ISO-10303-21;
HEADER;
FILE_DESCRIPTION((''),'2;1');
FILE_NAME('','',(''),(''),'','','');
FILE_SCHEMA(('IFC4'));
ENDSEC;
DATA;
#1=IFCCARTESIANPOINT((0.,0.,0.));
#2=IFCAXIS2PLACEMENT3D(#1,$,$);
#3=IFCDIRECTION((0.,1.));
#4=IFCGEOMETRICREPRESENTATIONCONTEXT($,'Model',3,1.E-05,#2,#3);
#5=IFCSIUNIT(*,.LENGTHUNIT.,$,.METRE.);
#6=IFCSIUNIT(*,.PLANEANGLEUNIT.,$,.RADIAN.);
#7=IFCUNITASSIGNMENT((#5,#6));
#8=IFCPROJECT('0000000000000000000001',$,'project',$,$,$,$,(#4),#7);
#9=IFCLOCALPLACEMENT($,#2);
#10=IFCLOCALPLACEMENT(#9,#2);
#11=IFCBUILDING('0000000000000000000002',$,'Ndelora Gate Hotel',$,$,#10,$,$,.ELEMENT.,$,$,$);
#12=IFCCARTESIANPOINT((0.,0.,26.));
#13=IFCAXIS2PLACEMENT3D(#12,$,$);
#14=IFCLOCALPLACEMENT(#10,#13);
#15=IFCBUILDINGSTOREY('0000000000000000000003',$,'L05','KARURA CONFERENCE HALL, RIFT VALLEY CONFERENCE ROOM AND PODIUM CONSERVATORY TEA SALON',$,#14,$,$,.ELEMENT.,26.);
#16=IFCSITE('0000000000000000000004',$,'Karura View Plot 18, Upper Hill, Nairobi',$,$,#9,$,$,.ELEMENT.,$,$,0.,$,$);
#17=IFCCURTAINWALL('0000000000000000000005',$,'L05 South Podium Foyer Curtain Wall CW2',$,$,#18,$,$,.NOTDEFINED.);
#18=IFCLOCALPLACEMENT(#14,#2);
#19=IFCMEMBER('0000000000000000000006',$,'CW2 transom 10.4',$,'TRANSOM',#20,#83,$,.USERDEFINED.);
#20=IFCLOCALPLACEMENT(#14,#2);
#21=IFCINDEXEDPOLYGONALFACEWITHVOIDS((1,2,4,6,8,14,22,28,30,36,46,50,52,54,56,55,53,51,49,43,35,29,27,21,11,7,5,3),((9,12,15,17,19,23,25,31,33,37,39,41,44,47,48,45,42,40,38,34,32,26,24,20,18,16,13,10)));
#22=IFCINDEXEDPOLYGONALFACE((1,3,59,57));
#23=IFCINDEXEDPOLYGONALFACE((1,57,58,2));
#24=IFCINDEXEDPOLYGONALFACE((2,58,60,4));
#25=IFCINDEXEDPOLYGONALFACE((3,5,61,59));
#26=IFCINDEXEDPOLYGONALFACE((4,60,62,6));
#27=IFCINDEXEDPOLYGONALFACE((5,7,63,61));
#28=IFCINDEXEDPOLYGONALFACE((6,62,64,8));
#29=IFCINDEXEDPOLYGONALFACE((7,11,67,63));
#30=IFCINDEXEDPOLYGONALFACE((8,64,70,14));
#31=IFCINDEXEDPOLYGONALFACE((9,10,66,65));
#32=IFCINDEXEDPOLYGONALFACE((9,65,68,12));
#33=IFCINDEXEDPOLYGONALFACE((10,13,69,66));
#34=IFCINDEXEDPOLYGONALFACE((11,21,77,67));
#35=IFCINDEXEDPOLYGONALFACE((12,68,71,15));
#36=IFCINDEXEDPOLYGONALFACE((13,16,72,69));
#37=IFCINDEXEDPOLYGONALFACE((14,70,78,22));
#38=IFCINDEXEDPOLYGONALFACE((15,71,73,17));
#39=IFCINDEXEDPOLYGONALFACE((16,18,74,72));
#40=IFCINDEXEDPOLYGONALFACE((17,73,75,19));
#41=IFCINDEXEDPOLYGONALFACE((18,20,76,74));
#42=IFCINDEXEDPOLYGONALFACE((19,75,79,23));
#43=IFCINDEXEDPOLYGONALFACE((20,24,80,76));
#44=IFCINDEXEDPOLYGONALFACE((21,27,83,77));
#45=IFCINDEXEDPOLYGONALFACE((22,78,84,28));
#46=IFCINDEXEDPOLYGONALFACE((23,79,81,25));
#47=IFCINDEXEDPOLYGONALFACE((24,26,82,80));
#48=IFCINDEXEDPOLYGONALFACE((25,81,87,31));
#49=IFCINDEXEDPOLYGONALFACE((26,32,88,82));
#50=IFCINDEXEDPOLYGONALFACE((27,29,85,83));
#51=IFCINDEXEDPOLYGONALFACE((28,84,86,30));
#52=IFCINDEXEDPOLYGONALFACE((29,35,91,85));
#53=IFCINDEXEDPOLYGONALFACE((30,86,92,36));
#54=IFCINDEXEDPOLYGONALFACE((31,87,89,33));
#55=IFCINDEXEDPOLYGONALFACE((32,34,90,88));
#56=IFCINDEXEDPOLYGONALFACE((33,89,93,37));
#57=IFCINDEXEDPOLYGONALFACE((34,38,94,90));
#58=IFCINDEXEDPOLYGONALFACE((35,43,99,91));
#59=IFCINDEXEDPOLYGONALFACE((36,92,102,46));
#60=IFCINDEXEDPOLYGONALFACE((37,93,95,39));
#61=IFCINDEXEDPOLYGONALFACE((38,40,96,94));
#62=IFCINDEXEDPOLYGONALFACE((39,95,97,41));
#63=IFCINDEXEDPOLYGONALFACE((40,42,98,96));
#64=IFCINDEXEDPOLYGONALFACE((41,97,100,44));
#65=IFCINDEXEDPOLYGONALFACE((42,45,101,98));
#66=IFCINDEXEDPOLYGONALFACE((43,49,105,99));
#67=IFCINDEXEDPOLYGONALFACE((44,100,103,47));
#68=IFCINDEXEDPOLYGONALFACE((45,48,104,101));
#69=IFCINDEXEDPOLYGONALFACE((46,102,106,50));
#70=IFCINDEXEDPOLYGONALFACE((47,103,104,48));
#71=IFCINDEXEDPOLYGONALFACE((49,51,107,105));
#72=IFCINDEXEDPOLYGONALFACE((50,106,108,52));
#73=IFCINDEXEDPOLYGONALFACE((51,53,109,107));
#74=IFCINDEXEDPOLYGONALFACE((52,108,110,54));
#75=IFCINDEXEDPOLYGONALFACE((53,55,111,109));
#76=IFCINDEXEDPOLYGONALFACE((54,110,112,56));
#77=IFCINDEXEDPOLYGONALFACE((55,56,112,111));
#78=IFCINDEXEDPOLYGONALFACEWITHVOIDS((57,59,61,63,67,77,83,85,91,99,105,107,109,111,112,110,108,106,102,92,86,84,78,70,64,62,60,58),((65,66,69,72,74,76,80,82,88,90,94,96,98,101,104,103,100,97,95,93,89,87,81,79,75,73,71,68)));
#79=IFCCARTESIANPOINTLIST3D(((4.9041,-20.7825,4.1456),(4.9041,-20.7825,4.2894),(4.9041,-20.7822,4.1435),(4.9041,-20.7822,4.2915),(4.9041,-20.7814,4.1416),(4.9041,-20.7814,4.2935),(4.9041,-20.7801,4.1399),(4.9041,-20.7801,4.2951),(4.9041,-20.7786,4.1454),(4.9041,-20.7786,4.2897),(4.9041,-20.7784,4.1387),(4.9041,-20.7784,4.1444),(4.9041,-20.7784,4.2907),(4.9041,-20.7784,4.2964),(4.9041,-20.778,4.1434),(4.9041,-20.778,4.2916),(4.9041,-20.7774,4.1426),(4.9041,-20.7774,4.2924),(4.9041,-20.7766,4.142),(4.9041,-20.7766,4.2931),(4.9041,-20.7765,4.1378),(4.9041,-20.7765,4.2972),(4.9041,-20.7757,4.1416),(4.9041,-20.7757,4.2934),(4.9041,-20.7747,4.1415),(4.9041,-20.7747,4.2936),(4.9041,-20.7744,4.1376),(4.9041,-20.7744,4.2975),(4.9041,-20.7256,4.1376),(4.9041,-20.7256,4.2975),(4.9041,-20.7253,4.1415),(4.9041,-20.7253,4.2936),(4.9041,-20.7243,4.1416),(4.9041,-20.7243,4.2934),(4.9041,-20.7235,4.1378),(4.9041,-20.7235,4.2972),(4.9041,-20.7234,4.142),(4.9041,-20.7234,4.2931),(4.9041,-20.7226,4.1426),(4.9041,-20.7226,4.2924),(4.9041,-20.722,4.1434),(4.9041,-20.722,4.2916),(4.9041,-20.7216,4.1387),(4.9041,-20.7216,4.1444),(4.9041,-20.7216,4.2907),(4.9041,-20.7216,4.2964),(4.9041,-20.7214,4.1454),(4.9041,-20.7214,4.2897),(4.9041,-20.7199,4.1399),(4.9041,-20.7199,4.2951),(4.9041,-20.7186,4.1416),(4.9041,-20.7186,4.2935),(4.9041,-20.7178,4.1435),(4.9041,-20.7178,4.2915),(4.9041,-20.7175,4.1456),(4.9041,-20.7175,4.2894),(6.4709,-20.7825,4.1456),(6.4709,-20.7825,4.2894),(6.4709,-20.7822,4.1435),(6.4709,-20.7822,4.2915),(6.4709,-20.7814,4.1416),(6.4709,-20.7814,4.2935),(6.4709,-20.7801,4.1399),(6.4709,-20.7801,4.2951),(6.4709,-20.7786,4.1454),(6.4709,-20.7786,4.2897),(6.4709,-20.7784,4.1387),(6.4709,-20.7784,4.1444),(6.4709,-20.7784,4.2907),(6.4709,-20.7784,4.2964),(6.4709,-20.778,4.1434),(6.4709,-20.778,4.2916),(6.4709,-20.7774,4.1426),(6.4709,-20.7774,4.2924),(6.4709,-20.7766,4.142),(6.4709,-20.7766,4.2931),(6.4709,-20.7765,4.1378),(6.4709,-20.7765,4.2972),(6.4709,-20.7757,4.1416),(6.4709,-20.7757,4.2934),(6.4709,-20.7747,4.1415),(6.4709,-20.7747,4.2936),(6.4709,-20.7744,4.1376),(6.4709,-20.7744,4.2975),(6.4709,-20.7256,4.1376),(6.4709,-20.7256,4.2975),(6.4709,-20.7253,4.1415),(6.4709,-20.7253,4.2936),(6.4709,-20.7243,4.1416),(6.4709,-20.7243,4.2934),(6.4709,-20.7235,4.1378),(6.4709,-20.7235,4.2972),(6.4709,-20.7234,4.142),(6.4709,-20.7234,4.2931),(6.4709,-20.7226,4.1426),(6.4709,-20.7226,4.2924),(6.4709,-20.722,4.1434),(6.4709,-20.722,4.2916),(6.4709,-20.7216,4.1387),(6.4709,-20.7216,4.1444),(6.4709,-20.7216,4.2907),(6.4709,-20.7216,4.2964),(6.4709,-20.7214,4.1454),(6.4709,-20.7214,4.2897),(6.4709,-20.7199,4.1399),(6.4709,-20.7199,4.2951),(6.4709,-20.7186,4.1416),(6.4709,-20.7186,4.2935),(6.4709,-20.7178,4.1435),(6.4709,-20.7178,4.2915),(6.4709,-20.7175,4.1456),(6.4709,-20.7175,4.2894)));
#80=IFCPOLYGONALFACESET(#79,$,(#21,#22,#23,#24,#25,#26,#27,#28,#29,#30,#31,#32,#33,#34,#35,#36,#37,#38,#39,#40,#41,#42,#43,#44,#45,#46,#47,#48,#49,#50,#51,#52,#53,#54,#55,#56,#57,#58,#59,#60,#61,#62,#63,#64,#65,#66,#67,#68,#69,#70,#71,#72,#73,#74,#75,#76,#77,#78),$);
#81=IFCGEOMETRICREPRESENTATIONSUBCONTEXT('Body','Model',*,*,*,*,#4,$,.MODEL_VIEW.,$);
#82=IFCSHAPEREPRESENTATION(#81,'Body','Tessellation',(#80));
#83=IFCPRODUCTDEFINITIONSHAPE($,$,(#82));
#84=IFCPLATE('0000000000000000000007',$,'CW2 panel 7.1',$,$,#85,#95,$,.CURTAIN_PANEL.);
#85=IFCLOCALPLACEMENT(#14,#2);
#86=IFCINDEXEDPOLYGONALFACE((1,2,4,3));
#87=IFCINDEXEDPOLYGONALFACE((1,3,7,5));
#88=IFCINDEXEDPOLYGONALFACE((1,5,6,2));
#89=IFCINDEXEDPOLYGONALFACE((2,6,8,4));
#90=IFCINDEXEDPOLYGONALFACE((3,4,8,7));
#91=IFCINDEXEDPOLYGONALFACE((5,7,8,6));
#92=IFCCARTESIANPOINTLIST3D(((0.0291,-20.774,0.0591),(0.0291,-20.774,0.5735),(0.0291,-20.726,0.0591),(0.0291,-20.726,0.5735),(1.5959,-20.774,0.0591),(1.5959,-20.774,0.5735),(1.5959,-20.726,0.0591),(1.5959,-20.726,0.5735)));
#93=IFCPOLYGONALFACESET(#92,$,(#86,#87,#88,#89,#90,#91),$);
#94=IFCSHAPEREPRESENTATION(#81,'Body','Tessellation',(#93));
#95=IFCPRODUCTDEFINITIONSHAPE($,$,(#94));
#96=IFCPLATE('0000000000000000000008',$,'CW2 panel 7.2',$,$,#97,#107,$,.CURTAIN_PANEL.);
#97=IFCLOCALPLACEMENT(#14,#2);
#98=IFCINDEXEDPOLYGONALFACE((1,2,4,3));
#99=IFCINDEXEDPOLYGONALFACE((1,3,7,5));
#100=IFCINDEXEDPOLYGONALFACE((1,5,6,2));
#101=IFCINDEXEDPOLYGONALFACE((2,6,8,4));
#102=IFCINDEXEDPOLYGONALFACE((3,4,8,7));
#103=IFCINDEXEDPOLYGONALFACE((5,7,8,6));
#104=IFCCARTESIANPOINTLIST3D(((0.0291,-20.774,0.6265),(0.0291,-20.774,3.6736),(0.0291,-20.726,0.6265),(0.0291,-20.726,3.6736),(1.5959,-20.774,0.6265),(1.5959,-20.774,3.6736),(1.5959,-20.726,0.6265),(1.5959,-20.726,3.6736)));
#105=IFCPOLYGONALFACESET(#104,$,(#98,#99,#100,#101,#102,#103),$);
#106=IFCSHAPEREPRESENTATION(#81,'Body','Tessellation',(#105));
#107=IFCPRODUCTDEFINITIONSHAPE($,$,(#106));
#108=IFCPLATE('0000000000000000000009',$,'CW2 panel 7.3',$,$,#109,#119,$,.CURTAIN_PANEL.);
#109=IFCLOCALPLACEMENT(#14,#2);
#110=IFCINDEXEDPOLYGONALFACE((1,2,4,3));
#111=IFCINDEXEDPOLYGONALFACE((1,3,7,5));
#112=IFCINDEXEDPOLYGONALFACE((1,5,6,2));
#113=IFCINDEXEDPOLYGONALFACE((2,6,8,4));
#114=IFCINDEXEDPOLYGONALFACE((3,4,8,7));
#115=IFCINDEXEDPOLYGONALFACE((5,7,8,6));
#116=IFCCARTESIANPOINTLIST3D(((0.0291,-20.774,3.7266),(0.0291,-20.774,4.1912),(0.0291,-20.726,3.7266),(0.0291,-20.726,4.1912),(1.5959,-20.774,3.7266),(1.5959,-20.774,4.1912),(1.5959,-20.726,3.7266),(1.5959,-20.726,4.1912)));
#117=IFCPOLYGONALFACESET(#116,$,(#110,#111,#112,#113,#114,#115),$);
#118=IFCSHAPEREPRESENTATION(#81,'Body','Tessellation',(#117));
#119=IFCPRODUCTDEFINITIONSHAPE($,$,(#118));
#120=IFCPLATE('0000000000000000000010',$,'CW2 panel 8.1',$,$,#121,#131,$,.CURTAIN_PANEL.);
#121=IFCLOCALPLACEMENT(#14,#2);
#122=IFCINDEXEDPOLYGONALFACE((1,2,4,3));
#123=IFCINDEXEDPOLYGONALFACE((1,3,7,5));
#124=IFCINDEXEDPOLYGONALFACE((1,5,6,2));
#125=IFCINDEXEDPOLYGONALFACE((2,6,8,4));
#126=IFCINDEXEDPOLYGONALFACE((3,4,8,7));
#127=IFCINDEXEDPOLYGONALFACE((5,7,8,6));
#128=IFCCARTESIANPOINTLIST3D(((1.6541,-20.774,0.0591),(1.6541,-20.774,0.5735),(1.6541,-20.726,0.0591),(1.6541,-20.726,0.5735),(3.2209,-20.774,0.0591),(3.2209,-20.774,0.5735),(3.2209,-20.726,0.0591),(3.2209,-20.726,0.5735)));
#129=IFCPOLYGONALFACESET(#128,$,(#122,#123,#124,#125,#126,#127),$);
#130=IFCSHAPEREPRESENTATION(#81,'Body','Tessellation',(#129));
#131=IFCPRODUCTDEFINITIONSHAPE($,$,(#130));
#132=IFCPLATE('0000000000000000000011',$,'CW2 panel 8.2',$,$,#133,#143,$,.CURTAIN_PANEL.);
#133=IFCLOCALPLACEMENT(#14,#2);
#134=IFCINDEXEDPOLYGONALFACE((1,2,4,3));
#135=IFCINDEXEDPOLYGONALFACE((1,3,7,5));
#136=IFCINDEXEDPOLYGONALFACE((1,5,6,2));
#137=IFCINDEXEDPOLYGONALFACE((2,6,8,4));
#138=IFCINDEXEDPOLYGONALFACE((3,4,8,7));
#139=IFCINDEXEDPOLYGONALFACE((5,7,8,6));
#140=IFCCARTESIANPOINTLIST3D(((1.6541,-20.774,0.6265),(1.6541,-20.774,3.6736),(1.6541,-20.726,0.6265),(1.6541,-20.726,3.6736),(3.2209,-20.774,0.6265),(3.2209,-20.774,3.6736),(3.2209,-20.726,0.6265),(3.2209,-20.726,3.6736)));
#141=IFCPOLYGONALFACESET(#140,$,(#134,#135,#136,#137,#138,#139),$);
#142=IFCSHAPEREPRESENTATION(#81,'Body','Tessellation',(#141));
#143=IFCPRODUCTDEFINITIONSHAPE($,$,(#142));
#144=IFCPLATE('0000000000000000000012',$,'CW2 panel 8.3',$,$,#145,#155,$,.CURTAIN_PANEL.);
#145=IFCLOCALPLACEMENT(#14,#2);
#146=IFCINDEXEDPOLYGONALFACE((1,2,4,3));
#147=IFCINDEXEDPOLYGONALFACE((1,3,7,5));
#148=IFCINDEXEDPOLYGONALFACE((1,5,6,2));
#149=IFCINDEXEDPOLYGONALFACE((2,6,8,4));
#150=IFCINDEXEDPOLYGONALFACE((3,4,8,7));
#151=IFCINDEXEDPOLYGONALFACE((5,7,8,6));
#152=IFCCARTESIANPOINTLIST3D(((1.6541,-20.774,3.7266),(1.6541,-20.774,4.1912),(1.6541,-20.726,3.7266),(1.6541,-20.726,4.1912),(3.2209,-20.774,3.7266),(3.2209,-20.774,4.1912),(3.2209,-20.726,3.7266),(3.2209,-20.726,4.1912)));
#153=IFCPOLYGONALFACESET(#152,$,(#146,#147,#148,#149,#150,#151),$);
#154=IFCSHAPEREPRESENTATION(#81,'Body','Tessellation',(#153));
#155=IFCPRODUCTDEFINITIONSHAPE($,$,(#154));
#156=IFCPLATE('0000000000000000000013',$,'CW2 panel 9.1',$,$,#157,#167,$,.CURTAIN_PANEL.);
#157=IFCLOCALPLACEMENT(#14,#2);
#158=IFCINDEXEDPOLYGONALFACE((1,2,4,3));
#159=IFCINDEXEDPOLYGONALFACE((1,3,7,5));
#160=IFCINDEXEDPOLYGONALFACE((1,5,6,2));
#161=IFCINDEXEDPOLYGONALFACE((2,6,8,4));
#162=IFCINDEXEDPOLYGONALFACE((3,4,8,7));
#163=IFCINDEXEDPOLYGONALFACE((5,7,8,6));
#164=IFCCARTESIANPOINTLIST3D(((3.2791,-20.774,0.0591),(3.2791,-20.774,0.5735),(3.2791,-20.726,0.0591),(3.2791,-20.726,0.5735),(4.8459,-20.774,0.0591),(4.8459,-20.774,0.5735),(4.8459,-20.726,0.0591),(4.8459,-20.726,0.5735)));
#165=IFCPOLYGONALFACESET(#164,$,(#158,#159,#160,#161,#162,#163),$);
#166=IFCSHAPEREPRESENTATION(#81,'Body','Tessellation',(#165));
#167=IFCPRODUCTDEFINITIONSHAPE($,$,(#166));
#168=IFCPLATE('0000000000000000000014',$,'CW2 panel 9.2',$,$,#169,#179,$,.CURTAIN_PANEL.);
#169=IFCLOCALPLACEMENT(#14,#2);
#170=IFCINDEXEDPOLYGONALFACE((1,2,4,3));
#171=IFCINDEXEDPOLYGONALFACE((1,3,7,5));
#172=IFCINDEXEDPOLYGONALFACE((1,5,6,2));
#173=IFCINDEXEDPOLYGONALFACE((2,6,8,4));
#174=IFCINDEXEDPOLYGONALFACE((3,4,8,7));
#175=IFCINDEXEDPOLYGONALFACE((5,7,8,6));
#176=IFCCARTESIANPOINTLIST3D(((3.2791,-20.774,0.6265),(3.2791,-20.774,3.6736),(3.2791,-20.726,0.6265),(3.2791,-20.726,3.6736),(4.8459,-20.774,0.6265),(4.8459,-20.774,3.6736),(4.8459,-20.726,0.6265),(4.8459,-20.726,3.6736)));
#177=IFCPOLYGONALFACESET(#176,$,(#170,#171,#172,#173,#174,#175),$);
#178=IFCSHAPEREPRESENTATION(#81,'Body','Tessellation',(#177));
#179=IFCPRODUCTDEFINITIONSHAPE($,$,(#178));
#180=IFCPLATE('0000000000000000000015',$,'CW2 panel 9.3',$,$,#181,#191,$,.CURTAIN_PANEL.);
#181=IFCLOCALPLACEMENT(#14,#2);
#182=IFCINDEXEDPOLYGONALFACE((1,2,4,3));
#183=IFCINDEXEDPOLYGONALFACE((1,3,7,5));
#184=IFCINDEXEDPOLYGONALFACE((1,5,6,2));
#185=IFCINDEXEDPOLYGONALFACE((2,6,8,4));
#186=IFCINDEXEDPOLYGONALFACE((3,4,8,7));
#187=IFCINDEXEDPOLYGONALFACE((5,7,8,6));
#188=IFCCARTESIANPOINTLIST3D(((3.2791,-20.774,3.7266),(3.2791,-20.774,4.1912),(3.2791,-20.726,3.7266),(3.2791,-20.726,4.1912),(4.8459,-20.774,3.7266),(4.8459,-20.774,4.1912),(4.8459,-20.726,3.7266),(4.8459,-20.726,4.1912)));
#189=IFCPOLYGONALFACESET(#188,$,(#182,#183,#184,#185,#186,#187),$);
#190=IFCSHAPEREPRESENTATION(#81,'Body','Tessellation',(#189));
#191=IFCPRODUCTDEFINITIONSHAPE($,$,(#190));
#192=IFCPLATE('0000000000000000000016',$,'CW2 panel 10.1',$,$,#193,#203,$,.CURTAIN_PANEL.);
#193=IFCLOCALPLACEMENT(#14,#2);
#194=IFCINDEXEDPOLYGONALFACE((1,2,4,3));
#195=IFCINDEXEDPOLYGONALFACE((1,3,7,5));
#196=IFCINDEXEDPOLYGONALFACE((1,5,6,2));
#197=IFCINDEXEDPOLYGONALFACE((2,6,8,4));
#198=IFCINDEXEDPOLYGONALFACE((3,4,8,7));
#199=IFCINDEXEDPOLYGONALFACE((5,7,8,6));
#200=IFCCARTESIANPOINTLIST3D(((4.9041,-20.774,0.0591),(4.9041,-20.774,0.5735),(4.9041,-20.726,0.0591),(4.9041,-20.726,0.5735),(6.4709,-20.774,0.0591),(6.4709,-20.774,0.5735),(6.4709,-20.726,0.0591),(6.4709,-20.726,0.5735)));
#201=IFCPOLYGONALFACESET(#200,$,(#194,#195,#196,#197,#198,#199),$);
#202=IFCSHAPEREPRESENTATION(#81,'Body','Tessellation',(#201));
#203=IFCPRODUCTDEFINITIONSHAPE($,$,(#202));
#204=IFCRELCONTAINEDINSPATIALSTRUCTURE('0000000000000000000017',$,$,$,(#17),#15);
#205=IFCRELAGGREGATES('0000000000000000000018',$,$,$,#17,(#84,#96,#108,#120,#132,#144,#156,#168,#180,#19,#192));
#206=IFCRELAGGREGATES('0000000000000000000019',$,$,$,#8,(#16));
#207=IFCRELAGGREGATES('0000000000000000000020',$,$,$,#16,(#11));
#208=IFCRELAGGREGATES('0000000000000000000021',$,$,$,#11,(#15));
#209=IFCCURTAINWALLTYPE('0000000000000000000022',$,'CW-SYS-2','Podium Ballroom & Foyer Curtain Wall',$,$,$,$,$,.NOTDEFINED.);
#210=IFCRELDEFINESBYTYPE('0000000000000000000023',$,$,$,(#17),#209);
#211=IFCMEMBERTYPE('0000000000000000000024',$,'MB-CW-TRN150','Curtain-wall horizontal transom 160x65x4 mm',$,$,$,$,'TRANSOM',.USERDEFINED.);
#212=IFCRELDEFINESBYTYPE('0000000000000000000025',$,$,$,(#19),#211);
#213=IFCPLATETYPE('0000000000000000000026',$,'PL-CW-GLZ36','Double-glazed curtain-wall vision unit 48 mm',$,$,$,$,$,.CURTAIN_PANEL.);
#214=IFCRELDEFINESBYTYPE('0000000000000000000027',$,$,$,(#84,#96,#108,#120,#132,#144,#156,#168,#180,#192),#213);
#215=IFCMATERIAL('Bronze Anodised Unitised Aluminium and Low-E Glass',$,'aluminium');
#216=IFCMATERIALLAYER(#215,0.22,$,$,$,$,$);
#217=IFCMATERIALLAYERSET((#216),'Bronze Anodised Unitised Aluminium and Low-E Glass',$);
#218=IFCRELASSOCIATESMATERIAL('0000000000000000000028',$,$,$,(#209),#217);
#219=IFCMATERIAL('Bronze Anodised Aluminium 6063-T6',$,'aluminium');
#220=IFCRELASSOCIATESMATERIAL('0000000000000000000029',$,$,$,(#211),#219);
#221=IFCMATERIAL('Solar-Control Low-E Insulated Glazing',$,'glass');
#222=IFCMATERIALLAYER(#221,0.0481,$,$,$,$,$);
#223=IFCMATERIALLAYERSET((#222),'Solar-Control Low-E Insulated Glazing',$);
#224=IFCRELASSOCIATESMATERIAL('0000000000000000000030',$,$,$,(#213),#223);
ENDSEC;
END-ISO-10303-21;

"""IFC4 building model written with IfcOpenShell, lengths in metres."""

from ifc_helpers import new_model, si_unit, direction, frame, origin, origin_2d, place, context, subcontext, project, spatial, rectangle, hollow_rectangle, extrude, material, layer, layer_set, material_profile, profile_set, type_object, element, aggregate, save


model = new_model("IFC4")

# Units and contexts
model_context = context("Model", 3, precision=1e-05, world=origin(), true_north=direction((0.0, 1.0)))
body_context = subcontext(model_context, "Body", "Model", "MODEL_VIEW")
ifc_project = project(units=[si_unit("LENGTHUNIT", "METRE"), si_unit("PLANEANGLEUNIT", "RADIAN")], contexts=[model_context])

# Site, building, storey
site_placement = place(None, origin())
site = spatial("IfcSite", under=ifc_project, at=site_placement, Name="Karura View Plot 18, Upper Hill, Nairobi", CompositionType="ELEMENT", RefElevation=0.0)
building_placement = place(site_placement, origin())
building = spatial("IfcBuilding", under=site, at=building_placement, Name="Ndelora Gate Hotel", CompositionType="ELEMENT")
storey_placement = place(building_placement, frame((0.0, 0.0, 26.0)))
storey = spatial("IfcBuildingStorey", under=building, at=storey_placement, Name="L05", Description="KARURA CONFERENCE HALL, RIFT VALLEY CONFERENCE ROOM AND PODIUM CONSERVATORY TEA SALON", CompositionType="ELEMENT", Elevation=26.0)

# Curtain wall, member, plates
ifc_material_1 = material(Name="Bronze Anodised Unitised Aluminium and Low-E Glass", Category="aluminium")
ifc_layer_1 = layer(ifc_material_1, 0.22)
ifc_layer_set_1 = layer_set([ifc_layer_1], Name="Bronze Anodised Unitised Aluminium and Low-E Glass")
curtain_wall_type = type_object("IfcCurtainWallType", Name="CW-SYS-2", Description="Podium Ballroom & Foyer Curtain Wall", PredefinedType="NOTDEFINED", material=ifc_layer_set_1)
curtain_wall_placement = place(storey_placement, origin())
curtain_wall = element("IfcCurtainWall", 1, at=curtain_wall_placement, inside=storey, type_object=curtain_wall_type, Name="L05 South Podium Foyer Curtain Wall CW2", PredefinedType="NOTDEFINED")
ifc_material_2 = material(Name="Bronze Anodised Aluminium 6063-T6", Category="aluminium")
ifc_material_profile_1 = material_profile(ifc_material_2, hollow_rectangle(XDim=0.0649, YDim=0.1599, WallThickness=0.0039, InnerFilletRadius=0.0039, OuterFilletRadius=0.0081, at=origin_2d()), Name="ALU 160x65x4")
ifc_profile_set_1 = profile_set([ifc_material_profile_1], Name="Bronze Anodised Aluminium 6063-T6")
member_type_1 = type_object("IfcMemberType", Name="MB-CW-TRN150", Description="Curtain-wall horizontal transom 160x65x4 mm", ElementType="TRANSOM", PredefinedType="USERDEFINED", material=ifc_profile_set_1)
member_1_placement = place(storey_placement, frame((4.9041, -20.75, 4.2175), z_axis=(1.0, 0.0, 0.0), x_axis=(0.0, 1.0, 0.0)))
member_1 = element("IfcMember", 2, at=member_1_placement, type_object=member_type_1, Name="CW2 transom 10.4", ObjectType="TRANSOM", PredefinedType="USERDEFINED", context=body_context, shape_type="SweptSolid", body=[
    extrude(hollow_rectangle(XDim=0.0649, YDim=0.1599, WallThickness=0.0039, InnerFilletRadius=0.0039, OuterFilletRadius=0.0081, at=origin_2d()), origin(), (0.0, 0.0, 1.0), 1.5669),
])
ifc_material_3 = material(Name="Solar-Control Low-E Insulated Glazing", Category="glass")
ifc_layer_2 = layer(ifc_material_3, 0.0481)
ifc_layer_set_2 = layer_set([ifc_layer_2], Name="Solar-Control Low-E Insulated Glazing")
plate_type = type_object("IfcPlateType", Name="PL-CW-GLZ36", Description="Double-glazed curtain-wall vision unit 48 mm", PredefinedType="CURTAIN_PANEL", material=ifc_layer_set_2)
plate_1_placement = place(storey_placement, frame((0.8125, -20.75, 0.0591), z_axis=(0.0, 0.0, 1.0), x_axis=(1.0, 0.0, 0.0)))
plate_1 = element("IfcPlate", 3, at=plate_1_placement, type_object=plate_type, Name="CW2 panel 7.1", PredefinedType="CURTAIN_PANEL", context=body_context, shape_type="SweptSolid", body=[
    extrude(rectangle(XDim=1.5669, YDim=0.0481, at=origin_2d()), origin(), (0.0, 0.0, 1.0), 0.5144),
])
plate_2_placement = place(storey_placement, frame((0.8125, -20.75, 0.6265), z_axis=(0.0, 0.0, 1.0), x_axis=(1.0, 0.0, 0.0)))
plate_2 = element("IfcPlate", 4, at=plate_2_placement, type_object=plate_type, Name="CW2 panel 7.2", PredefinedType="CURTAIN_PANEL", context=body_context, shape_type="SweptSolid", body=[
    extrude(rectangle(XDim=1.5669, YDim=0.0481, at=origin_2d()), origin(), (0.0, 0.0, 1.0), 3.0471),
])
plate_3_placement = place(storey_placement, frame((0.8125, -20.75, 3.7266), z_axis=(0.0, 0.0, 1.0), x_axis=(1.0, 0.0, 0.0)))
plate_3 = element("IfcPlate", 5, at=plate_3_placement, type_object=plate_type, Name="CW2 panel 7.3", PredefinedType="CURTAIN_PANEL", context=body_context, shape_type="SweptSolid", body=[
    extrude(rectangle(XDim=1.5669, YDim=0.0481, at=origin_2d()), origin(), (0.0, 0.0, 1.0), 0.4646),
])
plate_4_placement = place(storey_placement, frame((2.4375, -20.75, 0.0591), z_axis=(0.0, 0.0, 1.0), x_axis=(1.0, 0.0, 0.0)))
plate_4 = element("IfcPlate", 6, at=plate_4_placement, type_object=plate_type, Name="CW2 panel 8.1", PredefinedType="CURTAIN_PANEL", context=body_context, shape_type="SweptSolid", body=[
    extrude(rectangle(XDim=1.5669, YDim=0.0481, at=origin_2d()), origin(), (0.0, 0.0, 1.0), 0.5144),
])
plate_5_placement = place(storey_placement, frame((2.4375, -20.75, 0.6265), z_axis=(0.0, 0.0, 1.0), x_axis=(1.0, 0.0, 0.0)))
plate_5 = element("IfcPlate", 7, at=plate_5_placement, type_object=plate_type, Name="CW2 panel 8.2", PredefinedType="CURTAIN_PANEL", context=body_context, shape_type="SweptSolid", body=[
    extrude(rectangle(XDim=1.5669, YDim=0.0481, at=origin_2d()), origin(), (0.0, 0.0, 1.0), 3.0471),
])
plate_6_placement = place(storey_placement, frame((2.4375, -20.75, 3.7266), z_axis=(0.0, 0.0, 1.0), x_axis=(1.0, 0.0, 0.0)))
plate_6 = element("IfcPlate", 8, at=plate_6_placement, type_object=plate_type, Name="CW2 panel 8.3", PredefinedType="CURTAIN_PANEL", context=body_context, shape_type="SweptSolid", body=[
    extrude(rectangle(XDim=1.5669, YDim=0.0481, at=origin_2d()), origin(), (0.0, 0.0, 1.0), 0.4646),
])
plate_7_placement = place(storey_placement, frame((4.0625, -20.75, 0.0591), z_axis=(0.0, 0.0, 1.0), x_axis=(1.0, 0.0, 0.0)))
plate_7 = element("IfcPlate", 9, at=plate_7_placement, type_object=plate_type, Name="CW2 panel 9.1", PredefinedType="CURTAIN_PANEL", context=body_context, shape_type="SweptSolid", body=[
    extrude(rectangle(XDim=1.5669, YDim=0.0481, at=origin_2d()), origin(), (0.0, 0.0, 1.0), 0.5144),
])
plate_8_placement = place(storey_placement, frame((4.0625, -20.75, 0.6265), z_axis=(0.0, 0.0, 1.0), x_axis=(1.0, 0.0, 0.0)))
plate_8 = element("IfcPlate", 10, at=plate_8_placement, type_object=plate_type, Name="CW2 panel 9.2", PredefinedType="CURTAIN_PANEL", context=body_context, shape_type="SweptSolid", body=[
    extrude(rectangle(XDim=1.5669, YDim=0.0481, at=origin_2d()), origin(), (0.0, 0.0, 1.0), 3.0471),
])
plate_9_placement = place(storey_placement, frame((4.0625, -20.75, 3.7266), z_axis=(0.0, 0.0, 1.0), x_axis=(1.0, 0.0, 0.0)))
plate_9 = element("IfcPlate", 11, at=plate_9_placement, type_object=plate_type, Name="CW2 panel 9.3", PredefinedType="CURTAIN_PANEL", context=body_context, shape_type="SweptSolid", body=[
    extrude(rectangle(XDim=1.5669, YDim=0.0481, at=origin_2d()), origin(), (0.0, 0.0, 1.0), 0.4646),
])
plate_10_placement = place(storey_placement, frame((5.6875, -20.75, 0.0591), z_axis=(0.0, 0.0, 1.0), x_axis=(1.0, 0.0, 0.0)))
plate_10 = element("IfcPlate", 12, at=plate_10_placement, type_object=plate_type, Name="CW2 panel 10.1", PredefinedType="CURTAIN_PANEL", context=body_context, shape_type="SweptSolid", body=[
    extrude(rectangle(XDim=1.5669, YDim=0.0481, at=origin_2d()), origin(), (0.0, 0.0, 1.0), 0.5144),
])
aggregate(curtain_wall, [plate_1, plate_2, plate_3, plate_4, plate_5, plate_6, plate_7, plate_8, plate_9, member_1, plate_10])

save(model, "model.ifc")
